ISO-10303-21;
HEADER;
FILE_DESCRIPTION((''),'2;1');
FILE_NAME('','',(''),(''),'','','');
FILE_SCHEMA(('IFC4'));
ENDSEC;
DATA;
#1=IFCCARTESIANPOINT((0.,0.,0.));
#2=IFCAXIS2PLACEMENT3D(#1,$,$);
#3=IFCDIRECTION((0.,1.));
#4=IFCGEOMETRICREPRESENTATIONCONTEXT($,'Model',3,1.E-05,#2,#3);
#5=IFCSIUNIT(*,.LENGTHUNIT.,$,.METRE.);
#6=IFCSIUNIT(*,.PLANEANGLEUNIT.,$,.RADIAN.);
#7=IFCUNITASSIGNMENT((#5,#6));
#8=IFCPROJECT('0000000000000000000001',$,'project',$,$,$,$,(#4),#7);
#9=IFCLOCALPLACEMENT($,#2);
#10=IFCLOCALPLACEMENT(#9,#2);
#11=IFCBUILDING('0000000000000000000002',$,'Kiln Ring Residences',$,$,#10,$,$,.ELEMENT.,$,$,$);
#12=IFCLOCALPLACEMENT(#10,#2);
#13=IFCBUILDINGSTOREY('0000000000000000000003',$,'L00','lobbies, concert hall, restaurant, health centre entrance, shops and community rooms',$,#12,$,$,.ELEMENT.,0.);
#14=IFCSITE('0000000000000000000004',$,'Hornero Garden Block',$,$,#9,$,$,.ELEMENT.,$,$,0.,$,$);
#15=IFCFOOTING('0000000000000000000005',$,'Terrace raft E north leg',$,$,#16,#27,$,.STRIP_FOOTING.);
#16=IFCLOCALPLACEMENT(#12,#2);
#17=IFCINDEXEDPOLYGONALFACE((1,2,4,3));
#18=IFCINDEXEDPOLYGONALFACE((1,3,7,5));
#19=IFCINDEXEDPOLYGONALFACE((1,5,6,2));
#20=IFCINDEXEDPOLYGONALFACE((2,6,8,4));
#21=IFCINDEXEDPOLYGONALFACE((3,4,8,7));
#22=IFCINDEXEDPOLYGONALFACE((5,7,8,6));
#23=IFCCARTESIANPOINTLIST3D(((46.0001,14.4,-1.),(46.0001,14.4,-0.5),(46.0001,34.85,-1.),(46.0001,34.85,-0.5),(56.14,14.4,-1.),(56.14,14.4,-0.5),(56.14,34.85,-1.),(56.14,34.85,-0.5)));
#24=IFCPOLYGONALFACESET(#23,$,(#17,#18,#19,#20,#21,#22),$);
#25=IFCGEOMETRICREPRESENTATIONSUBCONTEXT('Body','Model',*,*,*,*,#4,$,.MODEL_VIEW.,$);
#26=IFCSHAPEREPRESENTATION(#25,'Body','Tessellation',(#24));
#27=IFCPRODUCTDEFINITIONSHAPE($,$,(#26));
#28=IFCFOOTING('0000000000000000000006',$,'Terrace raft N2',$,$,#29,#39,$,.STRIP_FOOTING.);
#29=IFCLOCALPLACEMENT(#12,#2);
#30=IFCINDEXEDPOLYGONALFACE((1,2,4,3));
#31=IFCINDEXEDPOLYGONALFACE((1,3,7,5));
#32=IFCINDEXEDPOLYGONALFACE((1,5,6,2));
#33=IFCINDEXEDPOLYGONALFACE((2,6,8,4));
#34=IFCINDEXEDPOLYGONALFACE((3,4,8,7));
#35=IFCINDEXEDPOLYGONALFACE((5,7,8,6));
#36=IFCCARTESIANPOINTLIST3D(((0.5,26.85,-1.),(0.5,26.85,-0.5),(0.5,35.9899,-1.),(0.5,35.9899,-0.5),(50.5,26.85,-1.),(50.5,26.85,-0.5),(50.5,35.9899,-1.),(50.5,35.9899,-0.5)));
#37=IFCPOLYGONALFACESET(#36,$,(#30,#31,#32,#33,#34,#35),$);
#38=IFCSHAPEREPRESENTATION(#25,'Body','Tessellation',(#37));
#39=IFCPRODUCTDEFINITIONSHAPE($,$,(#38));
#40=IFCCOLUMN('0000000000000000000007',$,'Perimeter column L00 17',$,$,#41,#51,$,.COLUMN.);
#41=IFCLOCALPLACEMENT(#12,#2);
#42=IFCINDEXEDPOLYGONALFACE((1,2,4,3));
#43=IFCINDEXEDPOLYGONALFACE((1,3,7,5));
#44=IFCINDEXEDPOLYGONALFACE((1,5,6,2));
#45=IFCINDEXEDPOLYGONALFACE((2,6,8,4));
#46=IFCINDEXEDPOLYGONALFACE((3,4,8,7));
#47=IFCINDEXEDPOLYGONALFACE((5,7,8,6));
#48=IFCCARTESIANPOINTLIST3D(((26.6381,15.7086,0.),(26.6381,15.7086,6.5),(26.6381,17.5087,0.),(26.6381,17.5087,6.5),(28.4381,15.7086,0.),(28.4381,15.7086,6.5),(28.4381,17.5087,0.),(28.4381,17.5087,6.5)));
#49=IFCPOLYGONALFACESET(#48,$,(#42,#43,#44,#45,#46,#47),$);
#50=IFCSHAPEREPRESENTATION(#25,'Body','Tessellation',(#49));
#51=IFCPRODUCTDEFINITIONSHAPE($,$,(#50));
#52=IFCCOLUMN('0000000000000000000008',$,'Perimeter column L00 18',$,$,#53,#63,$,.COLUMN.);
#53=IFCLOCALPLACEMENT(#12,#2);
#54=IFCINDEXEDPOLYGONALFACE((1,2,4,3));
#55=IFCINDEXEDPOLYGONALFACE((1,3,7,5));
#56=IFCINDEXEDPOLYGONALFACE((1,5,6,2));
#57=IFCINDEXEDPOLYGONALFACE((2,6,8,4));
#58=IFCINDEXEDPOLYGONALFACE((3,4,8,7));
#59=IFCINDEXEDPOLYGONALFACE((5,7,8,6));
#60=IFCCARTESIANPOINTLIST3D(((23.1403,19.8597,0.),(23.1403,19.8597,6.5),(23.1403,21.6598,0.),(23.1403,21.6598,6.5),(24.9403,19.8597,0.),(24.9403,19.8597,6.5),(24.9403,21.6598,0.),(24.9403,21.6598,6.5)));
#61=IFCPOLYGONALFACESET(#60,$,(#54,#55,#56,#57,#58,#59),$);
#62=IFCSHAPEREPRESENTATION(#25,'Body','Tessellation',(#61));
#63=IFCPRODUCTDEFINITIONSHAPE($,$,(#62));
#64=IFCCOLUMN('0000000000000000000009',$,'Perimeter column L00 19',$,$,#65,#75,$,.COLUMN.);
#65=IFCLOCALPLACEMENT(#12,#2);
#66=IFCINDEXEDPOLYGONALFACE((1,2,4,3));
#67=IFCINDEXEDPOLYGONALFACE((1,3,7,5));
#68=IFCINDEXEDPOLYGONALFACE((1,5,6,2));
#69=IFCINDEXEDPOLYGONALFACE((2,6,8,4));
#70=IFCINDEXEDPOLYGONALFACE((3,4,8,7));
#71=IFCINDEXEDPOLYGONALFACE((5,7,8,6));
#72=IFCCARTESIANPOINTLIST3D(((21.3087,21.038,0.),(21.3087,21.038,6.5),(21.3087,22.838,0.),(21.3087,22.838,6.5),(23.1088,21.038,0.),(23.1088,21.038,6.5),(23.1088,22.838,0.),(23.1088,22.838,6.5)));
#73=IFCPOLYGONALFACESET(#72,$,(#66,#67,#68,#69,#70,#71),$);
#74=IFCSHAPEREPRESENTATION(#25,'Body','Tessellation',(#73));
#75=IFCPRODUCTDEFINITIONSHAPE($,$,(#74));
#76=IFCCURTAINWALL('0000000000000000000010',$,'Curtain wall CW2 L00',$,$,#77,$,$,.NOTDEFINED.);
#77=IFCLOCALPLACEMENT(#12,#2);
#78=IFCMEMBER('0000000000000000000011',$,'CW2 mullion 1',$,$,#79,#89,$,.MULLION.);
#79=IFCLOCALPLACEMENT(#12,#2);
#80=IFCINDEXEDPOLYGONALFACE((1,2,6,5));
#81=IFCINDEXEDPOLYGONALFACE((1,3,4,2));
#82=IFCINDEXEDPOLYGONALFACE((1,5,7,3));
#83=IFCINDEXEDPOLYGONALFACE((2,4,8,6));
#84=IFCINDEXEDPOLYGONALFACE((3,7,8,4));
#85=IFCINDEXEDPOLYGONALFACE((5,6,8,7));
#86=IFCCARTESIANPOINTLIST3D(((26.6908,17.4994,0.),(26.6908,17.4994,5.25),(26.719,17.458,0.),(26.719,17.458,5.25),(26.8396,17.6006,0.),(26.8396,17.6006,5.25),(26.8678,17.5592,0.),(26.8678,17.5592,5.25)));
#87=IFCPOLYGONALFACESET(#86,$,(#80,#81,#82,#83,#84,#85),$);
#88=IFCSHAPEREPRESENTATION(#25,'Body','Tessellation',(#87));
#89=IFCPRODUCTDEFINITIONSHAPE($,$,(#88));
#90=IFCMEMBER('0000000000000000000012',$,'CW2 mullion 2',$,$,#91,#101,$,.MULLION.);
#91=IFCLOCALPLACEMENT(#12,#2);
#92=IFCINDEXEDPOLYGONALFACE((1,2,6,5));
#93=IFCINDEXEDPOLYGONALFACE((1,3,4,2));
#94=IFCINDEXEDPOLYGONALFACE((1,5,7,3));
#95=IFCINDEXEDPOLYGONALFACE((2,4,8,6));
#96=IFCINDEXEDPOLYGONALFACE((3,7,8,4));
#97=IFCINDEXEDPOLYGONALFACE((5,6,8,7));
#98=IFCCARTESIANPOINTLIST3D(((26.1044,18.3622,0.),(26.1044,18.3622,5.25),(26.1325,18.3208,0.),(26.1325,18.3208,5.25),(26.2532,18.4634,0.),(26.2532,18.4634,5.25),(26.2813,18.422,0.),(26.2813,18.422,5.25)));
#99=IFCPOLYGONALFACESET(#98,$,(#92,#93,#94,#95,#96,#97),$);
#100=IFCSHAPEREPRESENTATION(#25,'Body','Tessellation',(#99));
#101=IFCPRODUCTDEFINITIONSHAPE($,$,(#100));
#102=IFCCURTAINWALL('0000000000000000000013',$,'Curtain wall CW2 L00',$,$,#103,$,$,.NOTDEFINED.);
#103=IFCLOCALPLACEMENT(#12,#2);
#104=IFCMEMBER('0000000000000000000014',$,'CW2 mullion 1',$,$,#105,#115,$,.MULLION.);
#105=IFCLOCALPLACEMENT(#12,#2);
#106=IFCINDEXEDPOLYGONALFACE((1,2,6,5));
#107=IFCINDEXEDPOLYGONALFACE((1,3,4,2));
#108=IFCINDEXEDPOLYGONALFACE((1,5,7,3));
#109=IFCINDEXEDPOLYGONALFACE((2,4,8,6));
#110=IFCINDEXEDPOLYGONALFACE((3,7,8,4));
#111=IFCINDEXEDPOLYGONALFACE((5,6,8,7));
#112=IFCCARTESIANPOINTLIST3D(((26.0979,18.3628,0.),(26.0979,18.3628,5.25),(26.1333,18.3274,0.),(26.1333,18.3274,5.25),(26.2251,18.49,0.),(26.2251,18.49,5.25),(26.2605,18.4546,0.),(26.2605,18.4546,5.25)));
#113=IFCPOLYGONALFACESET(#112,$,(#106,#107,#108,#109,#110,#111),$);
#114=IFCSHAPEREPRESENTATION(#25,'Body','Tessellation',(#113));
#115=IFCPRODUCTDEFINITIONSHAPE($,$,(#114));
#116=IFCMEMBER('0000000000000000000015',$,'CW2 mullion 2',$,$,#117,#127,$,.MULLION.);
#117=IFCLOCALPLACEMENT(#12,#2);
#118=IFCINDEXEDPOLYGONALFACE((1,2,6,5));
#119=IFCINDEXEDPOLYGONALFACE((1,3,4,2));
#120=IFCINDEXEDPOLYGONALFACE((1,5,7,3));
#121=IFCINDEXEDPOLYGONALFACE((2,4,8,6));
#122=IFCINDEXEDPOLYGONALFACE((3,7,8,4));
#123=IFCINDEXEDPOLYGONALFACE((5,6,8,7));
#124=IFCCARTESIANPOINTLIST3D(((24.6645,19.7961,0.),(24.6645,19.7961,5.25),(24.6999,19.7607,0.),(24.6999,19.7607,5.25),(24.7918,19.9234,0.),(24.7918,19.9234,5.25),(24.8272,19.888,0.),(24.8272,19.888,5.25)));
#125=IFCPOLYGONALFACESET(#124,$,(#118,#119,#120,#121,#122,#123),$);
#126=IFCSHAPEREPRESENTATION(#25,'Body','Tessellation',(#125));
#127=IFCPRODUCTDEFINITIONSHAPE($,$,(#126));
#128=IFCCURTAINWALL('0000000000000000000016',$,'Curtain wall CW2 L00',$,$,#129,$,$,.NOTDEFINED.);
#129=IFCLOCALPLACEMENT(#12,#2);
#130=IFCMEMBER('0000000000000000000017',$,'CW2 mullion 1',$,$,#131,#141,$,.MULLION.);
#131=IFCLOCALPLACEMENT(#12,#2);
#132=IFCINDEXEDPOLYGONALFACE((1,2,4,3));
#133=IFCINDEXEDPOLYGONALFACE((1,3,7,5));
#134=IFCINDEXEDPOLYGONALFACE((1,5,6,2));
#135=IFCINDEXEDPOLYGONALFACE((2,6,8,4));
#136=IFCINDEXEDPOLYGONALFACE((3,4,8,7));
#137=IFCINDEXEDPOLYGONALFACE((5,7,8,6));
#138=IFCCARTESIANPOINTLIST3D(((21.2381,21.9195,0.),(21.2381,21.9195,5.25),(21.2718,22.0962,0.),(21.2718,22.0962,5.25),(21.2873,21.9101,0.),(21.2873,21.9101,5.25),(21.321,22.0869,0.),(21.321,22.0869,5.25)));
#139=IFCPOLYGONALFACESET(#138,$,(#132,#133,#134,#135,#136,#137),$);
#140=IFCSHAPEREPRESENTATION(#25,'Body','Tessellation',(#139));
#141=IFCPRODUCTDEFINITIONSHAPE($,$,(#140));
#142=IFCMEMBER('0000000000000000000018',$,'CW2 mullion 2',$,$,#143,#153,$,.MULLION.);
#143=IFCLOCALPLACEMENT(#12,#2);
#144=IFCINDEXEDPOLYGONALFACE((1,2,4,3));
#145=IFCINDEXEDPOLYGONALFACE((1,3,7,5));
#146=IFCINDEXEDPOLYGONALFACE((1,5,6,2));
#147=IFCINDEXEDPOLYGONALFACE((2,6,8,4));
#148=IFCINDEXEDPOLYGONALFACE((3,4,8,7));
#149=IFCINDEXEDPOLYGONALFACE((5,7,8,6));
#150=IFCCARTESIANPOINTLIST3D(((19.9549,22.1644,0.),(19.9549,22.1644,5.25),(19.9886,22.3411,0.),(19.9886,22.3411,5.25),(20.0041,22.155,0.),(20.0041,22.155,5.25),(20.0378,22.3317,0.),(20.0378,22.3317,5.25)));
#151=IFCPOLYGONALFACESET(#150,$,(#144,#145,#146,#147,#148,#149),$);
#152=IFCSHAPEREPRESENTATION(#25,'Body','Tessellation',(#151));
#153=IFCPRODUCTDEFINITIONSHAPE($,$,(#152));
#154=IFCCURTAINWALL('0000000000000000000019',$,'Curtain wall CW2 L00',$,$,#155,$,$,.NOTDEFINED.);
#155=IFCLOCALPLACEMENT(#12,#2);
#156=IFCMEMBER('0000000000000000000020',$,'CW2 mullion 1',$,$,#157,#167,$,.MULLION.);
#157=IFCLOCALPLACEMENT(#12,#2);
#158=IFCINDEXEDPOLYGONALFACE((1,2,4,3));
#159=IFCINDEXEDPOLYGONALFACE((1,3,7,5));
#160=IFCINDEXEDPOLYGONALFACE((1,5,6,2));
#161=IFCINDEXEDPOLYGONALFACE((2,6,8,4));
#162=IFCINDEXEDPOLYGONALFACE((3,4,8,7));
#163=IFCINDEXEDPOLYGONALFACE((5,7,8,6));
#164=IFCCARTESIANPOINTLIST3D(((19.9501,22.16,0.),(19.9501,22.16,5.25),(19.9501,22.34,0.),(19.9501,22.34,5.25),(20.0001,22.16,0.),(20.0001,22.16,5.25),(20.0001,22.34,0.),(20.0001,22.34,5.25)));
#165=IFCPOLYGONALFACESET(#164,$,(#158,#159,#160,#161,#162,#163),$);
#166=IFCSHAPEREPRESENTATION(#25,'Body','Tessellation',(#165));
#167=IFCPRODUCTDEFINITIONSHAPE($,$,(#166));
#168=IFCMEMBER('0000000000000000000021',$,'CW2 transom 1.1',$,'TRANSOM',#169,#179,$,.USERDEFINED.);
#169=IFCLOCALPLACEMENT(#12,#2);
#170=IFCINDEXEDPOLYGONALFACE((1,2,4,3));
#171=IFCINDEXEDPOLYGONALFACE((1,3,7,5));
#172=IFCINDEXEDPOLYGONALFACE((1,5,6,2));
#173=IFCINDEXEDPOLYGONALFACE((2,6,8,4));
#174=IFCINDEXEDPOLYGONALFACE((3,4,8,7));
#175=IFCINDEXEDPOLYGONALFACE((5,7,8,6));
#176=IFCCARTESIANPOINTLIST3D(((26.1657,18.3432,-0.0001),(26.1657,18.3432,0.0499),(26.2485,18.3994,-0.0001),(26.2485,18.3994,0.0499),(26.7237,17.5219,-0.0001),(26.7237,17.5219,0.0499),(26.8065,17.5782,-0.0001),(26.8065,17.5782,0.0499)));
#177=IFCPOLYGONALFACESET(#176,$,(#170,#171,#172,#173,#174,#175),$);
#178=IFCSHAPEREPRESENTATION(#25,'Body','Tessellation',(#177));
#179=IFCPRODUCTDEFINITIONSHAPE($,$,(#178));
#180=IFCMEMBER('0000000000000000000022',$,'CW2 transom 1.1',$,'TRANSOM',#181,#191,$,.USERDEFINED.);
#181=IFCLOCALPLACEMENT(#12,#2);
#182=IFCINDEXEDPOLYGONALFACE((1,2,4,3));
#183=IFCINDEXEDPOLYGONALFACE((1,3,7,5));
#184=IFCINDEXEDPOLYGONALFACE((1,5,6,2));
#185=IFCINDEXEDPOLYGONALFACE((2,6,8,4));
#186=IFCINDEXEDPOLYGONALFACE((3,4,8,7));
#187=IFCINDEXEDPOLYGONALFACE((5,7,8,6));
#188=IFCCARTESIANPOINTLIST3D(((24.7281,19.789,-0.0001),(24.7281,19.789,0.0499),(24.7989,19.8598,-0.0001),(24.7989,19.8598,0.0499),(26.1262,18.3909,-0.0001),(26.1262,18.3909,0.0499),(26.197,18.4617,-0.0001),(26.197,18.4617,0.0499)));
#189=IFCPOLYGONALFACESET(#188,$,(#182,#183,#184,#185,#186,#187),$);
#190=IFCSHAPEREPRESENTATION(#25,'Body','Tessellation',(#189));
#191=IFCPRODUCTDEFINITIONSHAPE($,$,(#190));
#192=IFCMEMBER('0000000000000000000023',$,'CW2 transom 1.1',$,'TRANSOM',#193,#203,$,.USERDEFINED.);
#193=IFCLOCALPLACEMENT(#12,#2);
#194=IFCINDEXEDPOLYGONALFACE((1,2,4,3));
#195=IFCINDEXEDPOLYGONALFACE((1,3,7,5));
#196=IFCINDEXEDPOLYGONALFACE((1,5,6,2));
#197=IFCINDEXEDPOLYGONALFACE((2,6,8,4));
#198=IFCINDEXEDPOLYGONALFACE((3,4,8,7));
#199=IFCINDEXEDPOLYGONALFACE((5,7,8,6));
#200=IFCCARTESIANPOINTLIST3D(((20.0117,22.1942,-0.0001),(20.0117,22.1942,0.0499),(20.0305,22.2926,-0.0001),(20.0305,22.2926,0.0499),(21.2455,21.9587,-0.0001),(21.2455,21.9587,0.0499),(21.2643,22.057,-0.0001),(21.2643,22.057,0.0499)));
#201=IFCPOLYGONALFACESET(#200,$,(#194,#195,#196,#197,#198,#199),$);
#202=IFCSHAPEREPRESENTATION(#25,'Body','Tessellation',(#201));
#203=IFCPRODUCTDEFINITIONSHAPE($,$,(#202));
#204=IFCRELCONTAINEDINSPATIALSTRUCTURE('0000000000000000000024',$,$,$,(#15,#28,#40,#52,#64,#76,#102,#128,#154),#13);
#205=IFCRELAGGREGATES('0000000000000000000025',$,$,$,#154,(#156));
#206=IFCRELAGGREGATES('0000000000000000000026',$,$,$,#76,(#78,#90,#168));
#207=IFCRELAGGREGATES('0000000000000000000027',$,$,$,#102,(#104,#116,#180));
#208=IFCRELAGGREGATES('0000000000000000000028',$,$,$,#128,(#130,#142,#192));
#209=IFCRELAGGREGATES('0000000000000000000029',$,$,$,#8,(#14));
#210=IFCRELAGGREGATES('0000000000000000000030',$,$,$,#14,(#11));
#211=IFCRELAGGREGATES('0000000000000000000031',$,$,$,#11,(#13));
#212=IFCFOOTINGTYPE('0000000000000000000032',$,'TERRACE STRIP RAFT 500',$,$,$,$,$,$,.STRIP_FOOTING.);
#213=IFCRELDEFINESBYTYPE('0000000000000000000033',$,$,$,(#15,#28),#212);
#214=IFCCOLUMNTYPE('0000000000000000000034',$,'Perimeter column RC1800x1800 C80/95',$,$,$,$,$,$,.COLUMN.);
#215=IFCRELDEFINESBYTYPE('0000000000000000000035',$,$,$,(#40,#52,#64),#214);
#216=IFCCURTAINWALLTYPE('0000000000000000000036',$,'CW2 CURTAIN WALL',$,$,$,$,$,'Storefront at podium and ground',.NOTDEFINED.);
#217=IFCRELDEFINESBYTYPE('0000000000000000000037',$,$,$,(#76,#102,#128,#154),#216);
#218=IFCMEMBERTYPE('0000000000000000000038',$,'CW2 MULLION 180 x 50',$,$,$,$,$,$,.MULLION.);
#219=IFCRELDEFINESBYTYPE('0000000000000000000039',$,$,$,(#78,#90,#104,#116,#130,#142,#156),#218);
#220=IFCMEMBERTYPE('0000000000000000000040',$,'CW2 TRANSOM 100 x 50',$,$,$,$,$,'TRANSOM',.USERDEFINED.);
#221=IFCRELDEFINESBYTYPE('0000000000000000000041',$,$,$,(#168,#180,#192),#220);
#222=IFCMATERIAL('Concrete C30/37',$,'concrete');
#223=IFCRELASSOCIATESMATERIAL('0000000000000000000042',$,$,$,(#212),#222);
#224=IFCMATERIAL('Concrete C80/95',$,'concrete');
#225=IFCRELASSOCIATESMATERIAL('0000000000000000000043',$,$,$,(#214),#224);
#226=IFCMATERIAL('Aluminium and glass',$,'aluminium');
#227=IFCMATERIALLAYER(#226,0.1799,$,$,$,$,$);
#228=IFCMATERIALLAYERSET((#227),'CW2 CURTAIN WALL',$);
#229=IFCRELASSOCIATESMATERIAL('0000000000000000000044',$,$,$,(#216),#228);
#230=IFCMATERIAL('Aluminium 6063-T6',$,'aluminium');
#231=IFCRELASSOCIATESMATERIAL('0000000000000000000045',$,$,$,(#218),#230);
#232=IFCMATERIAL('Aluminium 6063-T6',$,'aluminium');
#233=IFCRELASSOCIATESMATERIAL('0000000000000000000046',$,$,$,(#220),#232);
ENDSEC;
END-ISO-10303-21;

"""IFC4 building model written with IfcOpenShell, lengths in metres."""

from ifc_helpers import new_model, si_unit, direction, frame, origin, origin_2d, place, context, subcontext, project, spatial, rectangle, extrude, material, layer, layer_set, material_profile, profile_set, type_object, element, aggregate, save


model = new_model("IFC4")

# Units and contexts
model_context = context("Model", 3, precision=1e-05, world=origin(), true_north=direction((0.0, 1.0)))
body_context = subcontext(model_context, "Body", "Model", "MODEL_VIEW")
ifc_project = project(units=[si_unit("LENGTHUNIT", "METRE"), si_unit("PLANEANGLEUNIT", "RADIAN")], contexts=[model_context])

# Site, building, storey
site_placement = place(None, origin())
site = spatial("IfcSite", under=ifc_project, at=site_placement, Name="Hornero Garden Block", CompositionType="ELEMENT", RefElevation=0.0)
building_placement = place(site_placement, origin())
building = spatial("IfcBuilding", under=site, at=building_placement, Name="Kiln Ring Residences", CompositionType="ELEMENT")
storey_placement = place(building_placement, origin())
storey = spatial("IfcBuildingStorey", under=building, at=storey_placement, Name="L00", Description="lobbies, concert hall, restaurant, health centre entrance, shops and community rooms", CompositionType="ELEMENT", Elevation=0.0)

# Footings
ifc_material_1 = material(Name="Concrete C30/37", Category="concrete")
footing_type = type_object("IfcFootingType", Name="TERRACE STRIP RAFT 500", PredefinedType="STRIP_FOOTING", material=ifc_material_1)
footing_1_placement = place(storey_placement, frame((51.0701, 24.625, -1.0), z_axis=(0.0, 0.0, 1.0), x_axis=(1.0, 0.0, 0.0)))
element("IfcFooting", 1, at=footing_1_placement, inside=storey, type_object=footing_type, Name="Terrace raft E north leg", PredefinedType="STRIP_FOOTING", context=body_context, shape_type="SweptSolid", body=[
    extrude(rectangle(XDim=10.1399, YDim=20.45, at=origin_2d()), origin(), (0.0, 0.0, 1.0), 0.5),
])
footing_2_placement = place(storey_placement, frame((25.5, 31.4199, -1.0), z_axis=(0.0, 0.0, 1.0), x_axis=(1.0, 0.0, 0.0)))
element("IfcFooting", 2, at=footing_2_placement, inside=storey, type_object=footing_type, Name="Terrace raft N2", PredefinedType="STRIP_FOOTING", context=body_context, shape_type="SweptSolid", body=[
    extrude(rectangle(XDim=50.0, YDim=9.1399, at=origin_2d()), origin(), (0.0, 0.0, 1.0), 0.5),
])

# Columns
ifc_material_2 = material(Name="Concrete C80/95", Category="concrete")
ifc_material_profile_1 = material_profile(ifc_material_2, rectangle(XDim=1.8, YDim=1.8, at=origin_2d()), Name="RC1800x1800")
ifc_profile_set_1 = profile_set([ifc_material_profile_1], Name="Concrete C80/95")
column_type = type_object("IfcColumnType", Name="Perimeter column RC1800x1800 C80/95", PredefinedType="COLUMN", material=ifc_profile_set_1)
for number, where, z_axis, x_axis, name in (
    (3, (27.5381, 16.6086, 0.0), (0.0, 0.0, 1.0), (1.0, 0.0, 0.0), "Perimeter column L00 17"),
    (4, (24.0403, 20.7598, 0.0), (0.0, 0.0, 1.0), (1.0, 0.0, 0.0), "Perimeter column L00 18"),
    (5, (22.2087, 21.938, 0.0), (0.0, 0.0, 1.0), (1.0, 0.0, 0.0), "Perimeter column L00 19"),
):
    element("IfcColumn", number, at=place(storey_placement, frame(where, z_axis=z_axis, x_axis=x_axis)), inside=storey, type_object=column_type, Name=name, PredefinedType="COLUMN", context=body_context, shape_type="SweptSolid", body=[
        extrude(rectangle(XDim=1.8, YDim=1.8, at=origin_2d()), origin(), (0.0, 0.0, 1.0), 6.5),
    ])

# Curtain walls, members
ifc_material_3 = material(Name="Aluminium and glass", Category="aluminium")
ifc_layer_1 = layer(ifc_material_3, 0.1799)
ifc_layer_set_1 = layer_set([ifc_layer_1], Name="CW2 CURTAIN WALL")
curtain_wall_type = type_object("IfcCurtainWallType", Name="CW2 CURTAIN WALL", ElementType="Storefront at podium and ground", PredefinedType="NOTDEFINED", material=ifc_layer_set_1)
placement = place(storey_placement, origin())
curtain_wall_1 = element("IfcCurtainWall", 6, at=placement, inside=storey, type_object=curtain_wall_type, Name="Curtain wall CW2 L00", PredefinedType="NOTDEFINED")
ifc_material_4 = material(Name="Aluminium 6063-T6", Category="aluminium")
ifc_material_profile_2 = material_profile(ifc_material_4, rectangle(XDim=0.1799, YDim=0.05, at=origin_2d()), Name="AL 180x50")
ifc_profile_set_2 = profile_set([ifc_material_profile_2], Name="Aluminium 6063-T6")
member_type_1 = type_object("IfcMemberType", Name="CW2 MULLION 180 x 50", PredefinedType="MULLION", material=ifc_profile_set_2)
member_1_placement = place(storey_placement, frame((26.7793, 17.5293, 0.0), z_axis=(0.0, 0.0, 1.0), x_axis=(-0.827072, -0.562097, 0.0)))
member_1 = element("IfcMember", 7, at=member_1_placement, type_object=member_type_1, Name="CW2 mullion 1", PredefinedType="MULLION", context=body_context, shape_type="SweptSolid", body=[
    extrude(rectangle(XDim=0.1799, YDim=0.05, at=origin_2d()), origin(), (0.0, 0.0, 1.0), 5.25),
])
member_2_placement = place(storey_placement, frame((26.1929, 18.3921, 0.0), z_axis=(0.0, 0.0, 1.0), x_axis=(-0.827072, -0.562097, 0.0)))
member_2 = element("IfcMember", 8, at=member_2_placement, type_object=member_type_1, Name="CW2 mullion 2", PredefinedType="MULLION", context=body_context, shape_type="SweptSolid", body=[
    extrude(rectangle(XDim=0.1799, YDim=0.05, at=origin_2d()), origin(), (0.0, 0.0, 1.0), 5.25),
])
curtain_wall_2 = element("IfcCurtainWall", 9, at=placement, inside=storey, type_object=curtain_wall_type, Name="Curtain wall CW2 L00", PredefinedType="NOTDEFINED")
member_3_placement = place(storey_placement, frame((26.1792, 18.4087, 0.0), z_axis=(0.0, 0.0, 1.0), x_axis=(-0.707107, -0.707107, 0.0)))
member_3 = element("IfcMember", 10, at=member_3_placement, type_object=member_type_1, Name="CW2 mullion 1", PredefinedType="MULLION", context=body_context, shape_type="SweptSolid", body=[
    extrude(rectangle(XDim=0.1799, YDim=0.05, at=origin_2d()), origin(), (0.0, 0.0, 1.0), 5.25),
])
member_4_placement = place(storey_placement, frame((24.7458, 19.842, 0.0), z_axis=(0.0, 0.0, 1.0), x_axis=(-0.707107, -0.707107, 0.0)))
member_4 = element("IfcMember", 11, at=member_4_placement, type_object=member_type_1, Name="CW2 mullion 2", PredefinedType="MULLION", context=body_context, shape_type="SweptSolid", body=[
    extrude(rectangle(XDim=0.1799, YDim=0.05, at=origin_2d()), origin(), (0.0, 0.0, 1.0), 5.25),
])
curtain_wall_3 = element("IfcCurtainWall", 12, at=placement, inside=storey, type_object=curtain_wall_type, Name="Curtain wall CW2 L00", PredefinedType="NOTDEFINED")
member_5_placement = place(storey_placement, frame((21.2795, 22.0032, 0.0), z_axis=(0.0, 0.0, 1.0), x_axis=(-0.187366, -0.98229, 0.0)))
member_5 = element("IfcMember", 13, at=member_5_placement, type_object=member_type_1, Name="CW2 mullion 1", PredefinedType="MULLION", context=body_context, shape_type="SweptSolid", body=[
    extrude(rectangle(XDim=0.1799, YDim=0.05, at=origin_2d()), origin(), (0.0, 0.0, 1.0), 5.25),
])
member_6_placement = place(storey_placement, frame((19.9963, 22.248, 0.0), z_axis=(0.0, 0.0, 1.0), x_axis=(-0.187366, -0.98229, 0.0)))
member_6 = element("IfcMember", 14, at=member_6_placement, type_object=member_type_1, Name="CW2 mullion 2", PredefinedType="MULLION", context=body_context, shape_type="SweptSolid", body=[
    extrude(rectangle(XDim=0.1799, YDim=0.05, at=origin_2d()), origin(), (0.0, 0.0, 1.0), 5.25),
])

# Curtain wall, member
curtain_wall_4 = element("IfcCurtainWall", 15, at=placement, inside=storey, type_object=curtain_wall_type, Name="Curtain wall CW2 L00", PredefinedType="NOTDEFINED")
member_7_placement = place(storey_placement, frame((19.9751, 22.25, 0.0), z_axis=(0.0, 0.0, 1.0), x_axis=(0.0, -1.0, 0.0)))
member_7 = element("IfcMember", 16, at=member_7_placement, type_object=member_type_1, Name="CW2 mullion 1", PredefinedType="MULLION", context=body_context, shape_type="SweptSolid", body=[
    extrude(rectangle(XDim=0.1799, YDim=0.05, at=origin_2d()), origin(), (0.0, 0.0, 1.0), 5.25),
])

# Members
ifc_material_5 = material(Name="Aluminium 6063-T6", Category="aluminium")
ifc_material_profile_3 = material_profile(ifc_material_5, rectangle(XDim=0.1001, YDim=0.05, at=origin_2d()), Name="AL 100x50")
ifc_profile_set_3 = profile_set([ifc_material_profile_3], Name="Aluminium 6063-T6")
member_type_2 = type_object("IfcMemberType", Name="CW2 TRANSOM 100 x 50", ElementType="TRANSOM", PredefinedType="USERDEFINED", material=ifc_profile_set_3)
member_8_placement = place(storey_placement, frame((26.7651, 17.55, 0.0249), z_axis=(-0.562054, 0.8271, 0.0), x_axis=(-0.8271, -0.562054, 0.0)))
member_8 = element("IfcMember", 17, at=member_8_placement, type_object=member_type_2, Name="CW2 transom 1.1", ObjectType="TRANSOM", PredefinedType="USERDEFINED", context=body_context, shape_type="SweptSolid", body=[
    extrude(rectangle(XDim=0.1001, YDim=0.05, at=origin_2d()), origin(), (0.0, 0.0, 1.0), 0.9929),
])
member_9_placement = place(storey_placement, frame((26.1616, 18.4263, 0.0249), z_axis=(-0.707107, 0.707107, 0.0), x_axis=(-0.707107, -0.707107, 0.0)))
member_9 = element("IfcMember", 18, at=member_9_placement, type_object=member_type_2, Name="CW2 transom 1.1", ObjectType="TRANSOM", PredefinedType="USERDEFINED", context=body_context, shape_type="SweptSolid", body=[
    extrude(rectangle(XDim=0.1001, YDim=0.05, at=origin_2d()), origin(), (0.0, 0.0, 1.0), 1.9773),
])
member_10_placement = place(storey_placement, frame((21.2549, 22.0078, 0.0249), z_axis=(-0.982255, 0.18755, 0.0), x_axis=(-0.18755, -0.982255, 0.0)))
member_10 = element("IfcMember", 19, at=member_10_placement, type_object=member_type_2, Name="CW2 transom 1.1", ObjectType="TRANSOM", PredefinedType="USERDEFINED", context=body_context, shape_type="SweptSolid", body=[
    extrude(rectangle(XDim=0.1001, YDim=0.05, at=origin_2d()), origin(), (0.0, 0.0, 1.0), 1.2561),
])
aggregate(curtain_wall_4, [member_7])

aggregate(curtain_wall_1, [member_1, member_2, member_8])
aggregate(curtain_wall_2, [member_3, member_4, member_9])
aggregate(curtain_wall_3, [member_5, member_6, member_10])

save(model, "model.ifc")
